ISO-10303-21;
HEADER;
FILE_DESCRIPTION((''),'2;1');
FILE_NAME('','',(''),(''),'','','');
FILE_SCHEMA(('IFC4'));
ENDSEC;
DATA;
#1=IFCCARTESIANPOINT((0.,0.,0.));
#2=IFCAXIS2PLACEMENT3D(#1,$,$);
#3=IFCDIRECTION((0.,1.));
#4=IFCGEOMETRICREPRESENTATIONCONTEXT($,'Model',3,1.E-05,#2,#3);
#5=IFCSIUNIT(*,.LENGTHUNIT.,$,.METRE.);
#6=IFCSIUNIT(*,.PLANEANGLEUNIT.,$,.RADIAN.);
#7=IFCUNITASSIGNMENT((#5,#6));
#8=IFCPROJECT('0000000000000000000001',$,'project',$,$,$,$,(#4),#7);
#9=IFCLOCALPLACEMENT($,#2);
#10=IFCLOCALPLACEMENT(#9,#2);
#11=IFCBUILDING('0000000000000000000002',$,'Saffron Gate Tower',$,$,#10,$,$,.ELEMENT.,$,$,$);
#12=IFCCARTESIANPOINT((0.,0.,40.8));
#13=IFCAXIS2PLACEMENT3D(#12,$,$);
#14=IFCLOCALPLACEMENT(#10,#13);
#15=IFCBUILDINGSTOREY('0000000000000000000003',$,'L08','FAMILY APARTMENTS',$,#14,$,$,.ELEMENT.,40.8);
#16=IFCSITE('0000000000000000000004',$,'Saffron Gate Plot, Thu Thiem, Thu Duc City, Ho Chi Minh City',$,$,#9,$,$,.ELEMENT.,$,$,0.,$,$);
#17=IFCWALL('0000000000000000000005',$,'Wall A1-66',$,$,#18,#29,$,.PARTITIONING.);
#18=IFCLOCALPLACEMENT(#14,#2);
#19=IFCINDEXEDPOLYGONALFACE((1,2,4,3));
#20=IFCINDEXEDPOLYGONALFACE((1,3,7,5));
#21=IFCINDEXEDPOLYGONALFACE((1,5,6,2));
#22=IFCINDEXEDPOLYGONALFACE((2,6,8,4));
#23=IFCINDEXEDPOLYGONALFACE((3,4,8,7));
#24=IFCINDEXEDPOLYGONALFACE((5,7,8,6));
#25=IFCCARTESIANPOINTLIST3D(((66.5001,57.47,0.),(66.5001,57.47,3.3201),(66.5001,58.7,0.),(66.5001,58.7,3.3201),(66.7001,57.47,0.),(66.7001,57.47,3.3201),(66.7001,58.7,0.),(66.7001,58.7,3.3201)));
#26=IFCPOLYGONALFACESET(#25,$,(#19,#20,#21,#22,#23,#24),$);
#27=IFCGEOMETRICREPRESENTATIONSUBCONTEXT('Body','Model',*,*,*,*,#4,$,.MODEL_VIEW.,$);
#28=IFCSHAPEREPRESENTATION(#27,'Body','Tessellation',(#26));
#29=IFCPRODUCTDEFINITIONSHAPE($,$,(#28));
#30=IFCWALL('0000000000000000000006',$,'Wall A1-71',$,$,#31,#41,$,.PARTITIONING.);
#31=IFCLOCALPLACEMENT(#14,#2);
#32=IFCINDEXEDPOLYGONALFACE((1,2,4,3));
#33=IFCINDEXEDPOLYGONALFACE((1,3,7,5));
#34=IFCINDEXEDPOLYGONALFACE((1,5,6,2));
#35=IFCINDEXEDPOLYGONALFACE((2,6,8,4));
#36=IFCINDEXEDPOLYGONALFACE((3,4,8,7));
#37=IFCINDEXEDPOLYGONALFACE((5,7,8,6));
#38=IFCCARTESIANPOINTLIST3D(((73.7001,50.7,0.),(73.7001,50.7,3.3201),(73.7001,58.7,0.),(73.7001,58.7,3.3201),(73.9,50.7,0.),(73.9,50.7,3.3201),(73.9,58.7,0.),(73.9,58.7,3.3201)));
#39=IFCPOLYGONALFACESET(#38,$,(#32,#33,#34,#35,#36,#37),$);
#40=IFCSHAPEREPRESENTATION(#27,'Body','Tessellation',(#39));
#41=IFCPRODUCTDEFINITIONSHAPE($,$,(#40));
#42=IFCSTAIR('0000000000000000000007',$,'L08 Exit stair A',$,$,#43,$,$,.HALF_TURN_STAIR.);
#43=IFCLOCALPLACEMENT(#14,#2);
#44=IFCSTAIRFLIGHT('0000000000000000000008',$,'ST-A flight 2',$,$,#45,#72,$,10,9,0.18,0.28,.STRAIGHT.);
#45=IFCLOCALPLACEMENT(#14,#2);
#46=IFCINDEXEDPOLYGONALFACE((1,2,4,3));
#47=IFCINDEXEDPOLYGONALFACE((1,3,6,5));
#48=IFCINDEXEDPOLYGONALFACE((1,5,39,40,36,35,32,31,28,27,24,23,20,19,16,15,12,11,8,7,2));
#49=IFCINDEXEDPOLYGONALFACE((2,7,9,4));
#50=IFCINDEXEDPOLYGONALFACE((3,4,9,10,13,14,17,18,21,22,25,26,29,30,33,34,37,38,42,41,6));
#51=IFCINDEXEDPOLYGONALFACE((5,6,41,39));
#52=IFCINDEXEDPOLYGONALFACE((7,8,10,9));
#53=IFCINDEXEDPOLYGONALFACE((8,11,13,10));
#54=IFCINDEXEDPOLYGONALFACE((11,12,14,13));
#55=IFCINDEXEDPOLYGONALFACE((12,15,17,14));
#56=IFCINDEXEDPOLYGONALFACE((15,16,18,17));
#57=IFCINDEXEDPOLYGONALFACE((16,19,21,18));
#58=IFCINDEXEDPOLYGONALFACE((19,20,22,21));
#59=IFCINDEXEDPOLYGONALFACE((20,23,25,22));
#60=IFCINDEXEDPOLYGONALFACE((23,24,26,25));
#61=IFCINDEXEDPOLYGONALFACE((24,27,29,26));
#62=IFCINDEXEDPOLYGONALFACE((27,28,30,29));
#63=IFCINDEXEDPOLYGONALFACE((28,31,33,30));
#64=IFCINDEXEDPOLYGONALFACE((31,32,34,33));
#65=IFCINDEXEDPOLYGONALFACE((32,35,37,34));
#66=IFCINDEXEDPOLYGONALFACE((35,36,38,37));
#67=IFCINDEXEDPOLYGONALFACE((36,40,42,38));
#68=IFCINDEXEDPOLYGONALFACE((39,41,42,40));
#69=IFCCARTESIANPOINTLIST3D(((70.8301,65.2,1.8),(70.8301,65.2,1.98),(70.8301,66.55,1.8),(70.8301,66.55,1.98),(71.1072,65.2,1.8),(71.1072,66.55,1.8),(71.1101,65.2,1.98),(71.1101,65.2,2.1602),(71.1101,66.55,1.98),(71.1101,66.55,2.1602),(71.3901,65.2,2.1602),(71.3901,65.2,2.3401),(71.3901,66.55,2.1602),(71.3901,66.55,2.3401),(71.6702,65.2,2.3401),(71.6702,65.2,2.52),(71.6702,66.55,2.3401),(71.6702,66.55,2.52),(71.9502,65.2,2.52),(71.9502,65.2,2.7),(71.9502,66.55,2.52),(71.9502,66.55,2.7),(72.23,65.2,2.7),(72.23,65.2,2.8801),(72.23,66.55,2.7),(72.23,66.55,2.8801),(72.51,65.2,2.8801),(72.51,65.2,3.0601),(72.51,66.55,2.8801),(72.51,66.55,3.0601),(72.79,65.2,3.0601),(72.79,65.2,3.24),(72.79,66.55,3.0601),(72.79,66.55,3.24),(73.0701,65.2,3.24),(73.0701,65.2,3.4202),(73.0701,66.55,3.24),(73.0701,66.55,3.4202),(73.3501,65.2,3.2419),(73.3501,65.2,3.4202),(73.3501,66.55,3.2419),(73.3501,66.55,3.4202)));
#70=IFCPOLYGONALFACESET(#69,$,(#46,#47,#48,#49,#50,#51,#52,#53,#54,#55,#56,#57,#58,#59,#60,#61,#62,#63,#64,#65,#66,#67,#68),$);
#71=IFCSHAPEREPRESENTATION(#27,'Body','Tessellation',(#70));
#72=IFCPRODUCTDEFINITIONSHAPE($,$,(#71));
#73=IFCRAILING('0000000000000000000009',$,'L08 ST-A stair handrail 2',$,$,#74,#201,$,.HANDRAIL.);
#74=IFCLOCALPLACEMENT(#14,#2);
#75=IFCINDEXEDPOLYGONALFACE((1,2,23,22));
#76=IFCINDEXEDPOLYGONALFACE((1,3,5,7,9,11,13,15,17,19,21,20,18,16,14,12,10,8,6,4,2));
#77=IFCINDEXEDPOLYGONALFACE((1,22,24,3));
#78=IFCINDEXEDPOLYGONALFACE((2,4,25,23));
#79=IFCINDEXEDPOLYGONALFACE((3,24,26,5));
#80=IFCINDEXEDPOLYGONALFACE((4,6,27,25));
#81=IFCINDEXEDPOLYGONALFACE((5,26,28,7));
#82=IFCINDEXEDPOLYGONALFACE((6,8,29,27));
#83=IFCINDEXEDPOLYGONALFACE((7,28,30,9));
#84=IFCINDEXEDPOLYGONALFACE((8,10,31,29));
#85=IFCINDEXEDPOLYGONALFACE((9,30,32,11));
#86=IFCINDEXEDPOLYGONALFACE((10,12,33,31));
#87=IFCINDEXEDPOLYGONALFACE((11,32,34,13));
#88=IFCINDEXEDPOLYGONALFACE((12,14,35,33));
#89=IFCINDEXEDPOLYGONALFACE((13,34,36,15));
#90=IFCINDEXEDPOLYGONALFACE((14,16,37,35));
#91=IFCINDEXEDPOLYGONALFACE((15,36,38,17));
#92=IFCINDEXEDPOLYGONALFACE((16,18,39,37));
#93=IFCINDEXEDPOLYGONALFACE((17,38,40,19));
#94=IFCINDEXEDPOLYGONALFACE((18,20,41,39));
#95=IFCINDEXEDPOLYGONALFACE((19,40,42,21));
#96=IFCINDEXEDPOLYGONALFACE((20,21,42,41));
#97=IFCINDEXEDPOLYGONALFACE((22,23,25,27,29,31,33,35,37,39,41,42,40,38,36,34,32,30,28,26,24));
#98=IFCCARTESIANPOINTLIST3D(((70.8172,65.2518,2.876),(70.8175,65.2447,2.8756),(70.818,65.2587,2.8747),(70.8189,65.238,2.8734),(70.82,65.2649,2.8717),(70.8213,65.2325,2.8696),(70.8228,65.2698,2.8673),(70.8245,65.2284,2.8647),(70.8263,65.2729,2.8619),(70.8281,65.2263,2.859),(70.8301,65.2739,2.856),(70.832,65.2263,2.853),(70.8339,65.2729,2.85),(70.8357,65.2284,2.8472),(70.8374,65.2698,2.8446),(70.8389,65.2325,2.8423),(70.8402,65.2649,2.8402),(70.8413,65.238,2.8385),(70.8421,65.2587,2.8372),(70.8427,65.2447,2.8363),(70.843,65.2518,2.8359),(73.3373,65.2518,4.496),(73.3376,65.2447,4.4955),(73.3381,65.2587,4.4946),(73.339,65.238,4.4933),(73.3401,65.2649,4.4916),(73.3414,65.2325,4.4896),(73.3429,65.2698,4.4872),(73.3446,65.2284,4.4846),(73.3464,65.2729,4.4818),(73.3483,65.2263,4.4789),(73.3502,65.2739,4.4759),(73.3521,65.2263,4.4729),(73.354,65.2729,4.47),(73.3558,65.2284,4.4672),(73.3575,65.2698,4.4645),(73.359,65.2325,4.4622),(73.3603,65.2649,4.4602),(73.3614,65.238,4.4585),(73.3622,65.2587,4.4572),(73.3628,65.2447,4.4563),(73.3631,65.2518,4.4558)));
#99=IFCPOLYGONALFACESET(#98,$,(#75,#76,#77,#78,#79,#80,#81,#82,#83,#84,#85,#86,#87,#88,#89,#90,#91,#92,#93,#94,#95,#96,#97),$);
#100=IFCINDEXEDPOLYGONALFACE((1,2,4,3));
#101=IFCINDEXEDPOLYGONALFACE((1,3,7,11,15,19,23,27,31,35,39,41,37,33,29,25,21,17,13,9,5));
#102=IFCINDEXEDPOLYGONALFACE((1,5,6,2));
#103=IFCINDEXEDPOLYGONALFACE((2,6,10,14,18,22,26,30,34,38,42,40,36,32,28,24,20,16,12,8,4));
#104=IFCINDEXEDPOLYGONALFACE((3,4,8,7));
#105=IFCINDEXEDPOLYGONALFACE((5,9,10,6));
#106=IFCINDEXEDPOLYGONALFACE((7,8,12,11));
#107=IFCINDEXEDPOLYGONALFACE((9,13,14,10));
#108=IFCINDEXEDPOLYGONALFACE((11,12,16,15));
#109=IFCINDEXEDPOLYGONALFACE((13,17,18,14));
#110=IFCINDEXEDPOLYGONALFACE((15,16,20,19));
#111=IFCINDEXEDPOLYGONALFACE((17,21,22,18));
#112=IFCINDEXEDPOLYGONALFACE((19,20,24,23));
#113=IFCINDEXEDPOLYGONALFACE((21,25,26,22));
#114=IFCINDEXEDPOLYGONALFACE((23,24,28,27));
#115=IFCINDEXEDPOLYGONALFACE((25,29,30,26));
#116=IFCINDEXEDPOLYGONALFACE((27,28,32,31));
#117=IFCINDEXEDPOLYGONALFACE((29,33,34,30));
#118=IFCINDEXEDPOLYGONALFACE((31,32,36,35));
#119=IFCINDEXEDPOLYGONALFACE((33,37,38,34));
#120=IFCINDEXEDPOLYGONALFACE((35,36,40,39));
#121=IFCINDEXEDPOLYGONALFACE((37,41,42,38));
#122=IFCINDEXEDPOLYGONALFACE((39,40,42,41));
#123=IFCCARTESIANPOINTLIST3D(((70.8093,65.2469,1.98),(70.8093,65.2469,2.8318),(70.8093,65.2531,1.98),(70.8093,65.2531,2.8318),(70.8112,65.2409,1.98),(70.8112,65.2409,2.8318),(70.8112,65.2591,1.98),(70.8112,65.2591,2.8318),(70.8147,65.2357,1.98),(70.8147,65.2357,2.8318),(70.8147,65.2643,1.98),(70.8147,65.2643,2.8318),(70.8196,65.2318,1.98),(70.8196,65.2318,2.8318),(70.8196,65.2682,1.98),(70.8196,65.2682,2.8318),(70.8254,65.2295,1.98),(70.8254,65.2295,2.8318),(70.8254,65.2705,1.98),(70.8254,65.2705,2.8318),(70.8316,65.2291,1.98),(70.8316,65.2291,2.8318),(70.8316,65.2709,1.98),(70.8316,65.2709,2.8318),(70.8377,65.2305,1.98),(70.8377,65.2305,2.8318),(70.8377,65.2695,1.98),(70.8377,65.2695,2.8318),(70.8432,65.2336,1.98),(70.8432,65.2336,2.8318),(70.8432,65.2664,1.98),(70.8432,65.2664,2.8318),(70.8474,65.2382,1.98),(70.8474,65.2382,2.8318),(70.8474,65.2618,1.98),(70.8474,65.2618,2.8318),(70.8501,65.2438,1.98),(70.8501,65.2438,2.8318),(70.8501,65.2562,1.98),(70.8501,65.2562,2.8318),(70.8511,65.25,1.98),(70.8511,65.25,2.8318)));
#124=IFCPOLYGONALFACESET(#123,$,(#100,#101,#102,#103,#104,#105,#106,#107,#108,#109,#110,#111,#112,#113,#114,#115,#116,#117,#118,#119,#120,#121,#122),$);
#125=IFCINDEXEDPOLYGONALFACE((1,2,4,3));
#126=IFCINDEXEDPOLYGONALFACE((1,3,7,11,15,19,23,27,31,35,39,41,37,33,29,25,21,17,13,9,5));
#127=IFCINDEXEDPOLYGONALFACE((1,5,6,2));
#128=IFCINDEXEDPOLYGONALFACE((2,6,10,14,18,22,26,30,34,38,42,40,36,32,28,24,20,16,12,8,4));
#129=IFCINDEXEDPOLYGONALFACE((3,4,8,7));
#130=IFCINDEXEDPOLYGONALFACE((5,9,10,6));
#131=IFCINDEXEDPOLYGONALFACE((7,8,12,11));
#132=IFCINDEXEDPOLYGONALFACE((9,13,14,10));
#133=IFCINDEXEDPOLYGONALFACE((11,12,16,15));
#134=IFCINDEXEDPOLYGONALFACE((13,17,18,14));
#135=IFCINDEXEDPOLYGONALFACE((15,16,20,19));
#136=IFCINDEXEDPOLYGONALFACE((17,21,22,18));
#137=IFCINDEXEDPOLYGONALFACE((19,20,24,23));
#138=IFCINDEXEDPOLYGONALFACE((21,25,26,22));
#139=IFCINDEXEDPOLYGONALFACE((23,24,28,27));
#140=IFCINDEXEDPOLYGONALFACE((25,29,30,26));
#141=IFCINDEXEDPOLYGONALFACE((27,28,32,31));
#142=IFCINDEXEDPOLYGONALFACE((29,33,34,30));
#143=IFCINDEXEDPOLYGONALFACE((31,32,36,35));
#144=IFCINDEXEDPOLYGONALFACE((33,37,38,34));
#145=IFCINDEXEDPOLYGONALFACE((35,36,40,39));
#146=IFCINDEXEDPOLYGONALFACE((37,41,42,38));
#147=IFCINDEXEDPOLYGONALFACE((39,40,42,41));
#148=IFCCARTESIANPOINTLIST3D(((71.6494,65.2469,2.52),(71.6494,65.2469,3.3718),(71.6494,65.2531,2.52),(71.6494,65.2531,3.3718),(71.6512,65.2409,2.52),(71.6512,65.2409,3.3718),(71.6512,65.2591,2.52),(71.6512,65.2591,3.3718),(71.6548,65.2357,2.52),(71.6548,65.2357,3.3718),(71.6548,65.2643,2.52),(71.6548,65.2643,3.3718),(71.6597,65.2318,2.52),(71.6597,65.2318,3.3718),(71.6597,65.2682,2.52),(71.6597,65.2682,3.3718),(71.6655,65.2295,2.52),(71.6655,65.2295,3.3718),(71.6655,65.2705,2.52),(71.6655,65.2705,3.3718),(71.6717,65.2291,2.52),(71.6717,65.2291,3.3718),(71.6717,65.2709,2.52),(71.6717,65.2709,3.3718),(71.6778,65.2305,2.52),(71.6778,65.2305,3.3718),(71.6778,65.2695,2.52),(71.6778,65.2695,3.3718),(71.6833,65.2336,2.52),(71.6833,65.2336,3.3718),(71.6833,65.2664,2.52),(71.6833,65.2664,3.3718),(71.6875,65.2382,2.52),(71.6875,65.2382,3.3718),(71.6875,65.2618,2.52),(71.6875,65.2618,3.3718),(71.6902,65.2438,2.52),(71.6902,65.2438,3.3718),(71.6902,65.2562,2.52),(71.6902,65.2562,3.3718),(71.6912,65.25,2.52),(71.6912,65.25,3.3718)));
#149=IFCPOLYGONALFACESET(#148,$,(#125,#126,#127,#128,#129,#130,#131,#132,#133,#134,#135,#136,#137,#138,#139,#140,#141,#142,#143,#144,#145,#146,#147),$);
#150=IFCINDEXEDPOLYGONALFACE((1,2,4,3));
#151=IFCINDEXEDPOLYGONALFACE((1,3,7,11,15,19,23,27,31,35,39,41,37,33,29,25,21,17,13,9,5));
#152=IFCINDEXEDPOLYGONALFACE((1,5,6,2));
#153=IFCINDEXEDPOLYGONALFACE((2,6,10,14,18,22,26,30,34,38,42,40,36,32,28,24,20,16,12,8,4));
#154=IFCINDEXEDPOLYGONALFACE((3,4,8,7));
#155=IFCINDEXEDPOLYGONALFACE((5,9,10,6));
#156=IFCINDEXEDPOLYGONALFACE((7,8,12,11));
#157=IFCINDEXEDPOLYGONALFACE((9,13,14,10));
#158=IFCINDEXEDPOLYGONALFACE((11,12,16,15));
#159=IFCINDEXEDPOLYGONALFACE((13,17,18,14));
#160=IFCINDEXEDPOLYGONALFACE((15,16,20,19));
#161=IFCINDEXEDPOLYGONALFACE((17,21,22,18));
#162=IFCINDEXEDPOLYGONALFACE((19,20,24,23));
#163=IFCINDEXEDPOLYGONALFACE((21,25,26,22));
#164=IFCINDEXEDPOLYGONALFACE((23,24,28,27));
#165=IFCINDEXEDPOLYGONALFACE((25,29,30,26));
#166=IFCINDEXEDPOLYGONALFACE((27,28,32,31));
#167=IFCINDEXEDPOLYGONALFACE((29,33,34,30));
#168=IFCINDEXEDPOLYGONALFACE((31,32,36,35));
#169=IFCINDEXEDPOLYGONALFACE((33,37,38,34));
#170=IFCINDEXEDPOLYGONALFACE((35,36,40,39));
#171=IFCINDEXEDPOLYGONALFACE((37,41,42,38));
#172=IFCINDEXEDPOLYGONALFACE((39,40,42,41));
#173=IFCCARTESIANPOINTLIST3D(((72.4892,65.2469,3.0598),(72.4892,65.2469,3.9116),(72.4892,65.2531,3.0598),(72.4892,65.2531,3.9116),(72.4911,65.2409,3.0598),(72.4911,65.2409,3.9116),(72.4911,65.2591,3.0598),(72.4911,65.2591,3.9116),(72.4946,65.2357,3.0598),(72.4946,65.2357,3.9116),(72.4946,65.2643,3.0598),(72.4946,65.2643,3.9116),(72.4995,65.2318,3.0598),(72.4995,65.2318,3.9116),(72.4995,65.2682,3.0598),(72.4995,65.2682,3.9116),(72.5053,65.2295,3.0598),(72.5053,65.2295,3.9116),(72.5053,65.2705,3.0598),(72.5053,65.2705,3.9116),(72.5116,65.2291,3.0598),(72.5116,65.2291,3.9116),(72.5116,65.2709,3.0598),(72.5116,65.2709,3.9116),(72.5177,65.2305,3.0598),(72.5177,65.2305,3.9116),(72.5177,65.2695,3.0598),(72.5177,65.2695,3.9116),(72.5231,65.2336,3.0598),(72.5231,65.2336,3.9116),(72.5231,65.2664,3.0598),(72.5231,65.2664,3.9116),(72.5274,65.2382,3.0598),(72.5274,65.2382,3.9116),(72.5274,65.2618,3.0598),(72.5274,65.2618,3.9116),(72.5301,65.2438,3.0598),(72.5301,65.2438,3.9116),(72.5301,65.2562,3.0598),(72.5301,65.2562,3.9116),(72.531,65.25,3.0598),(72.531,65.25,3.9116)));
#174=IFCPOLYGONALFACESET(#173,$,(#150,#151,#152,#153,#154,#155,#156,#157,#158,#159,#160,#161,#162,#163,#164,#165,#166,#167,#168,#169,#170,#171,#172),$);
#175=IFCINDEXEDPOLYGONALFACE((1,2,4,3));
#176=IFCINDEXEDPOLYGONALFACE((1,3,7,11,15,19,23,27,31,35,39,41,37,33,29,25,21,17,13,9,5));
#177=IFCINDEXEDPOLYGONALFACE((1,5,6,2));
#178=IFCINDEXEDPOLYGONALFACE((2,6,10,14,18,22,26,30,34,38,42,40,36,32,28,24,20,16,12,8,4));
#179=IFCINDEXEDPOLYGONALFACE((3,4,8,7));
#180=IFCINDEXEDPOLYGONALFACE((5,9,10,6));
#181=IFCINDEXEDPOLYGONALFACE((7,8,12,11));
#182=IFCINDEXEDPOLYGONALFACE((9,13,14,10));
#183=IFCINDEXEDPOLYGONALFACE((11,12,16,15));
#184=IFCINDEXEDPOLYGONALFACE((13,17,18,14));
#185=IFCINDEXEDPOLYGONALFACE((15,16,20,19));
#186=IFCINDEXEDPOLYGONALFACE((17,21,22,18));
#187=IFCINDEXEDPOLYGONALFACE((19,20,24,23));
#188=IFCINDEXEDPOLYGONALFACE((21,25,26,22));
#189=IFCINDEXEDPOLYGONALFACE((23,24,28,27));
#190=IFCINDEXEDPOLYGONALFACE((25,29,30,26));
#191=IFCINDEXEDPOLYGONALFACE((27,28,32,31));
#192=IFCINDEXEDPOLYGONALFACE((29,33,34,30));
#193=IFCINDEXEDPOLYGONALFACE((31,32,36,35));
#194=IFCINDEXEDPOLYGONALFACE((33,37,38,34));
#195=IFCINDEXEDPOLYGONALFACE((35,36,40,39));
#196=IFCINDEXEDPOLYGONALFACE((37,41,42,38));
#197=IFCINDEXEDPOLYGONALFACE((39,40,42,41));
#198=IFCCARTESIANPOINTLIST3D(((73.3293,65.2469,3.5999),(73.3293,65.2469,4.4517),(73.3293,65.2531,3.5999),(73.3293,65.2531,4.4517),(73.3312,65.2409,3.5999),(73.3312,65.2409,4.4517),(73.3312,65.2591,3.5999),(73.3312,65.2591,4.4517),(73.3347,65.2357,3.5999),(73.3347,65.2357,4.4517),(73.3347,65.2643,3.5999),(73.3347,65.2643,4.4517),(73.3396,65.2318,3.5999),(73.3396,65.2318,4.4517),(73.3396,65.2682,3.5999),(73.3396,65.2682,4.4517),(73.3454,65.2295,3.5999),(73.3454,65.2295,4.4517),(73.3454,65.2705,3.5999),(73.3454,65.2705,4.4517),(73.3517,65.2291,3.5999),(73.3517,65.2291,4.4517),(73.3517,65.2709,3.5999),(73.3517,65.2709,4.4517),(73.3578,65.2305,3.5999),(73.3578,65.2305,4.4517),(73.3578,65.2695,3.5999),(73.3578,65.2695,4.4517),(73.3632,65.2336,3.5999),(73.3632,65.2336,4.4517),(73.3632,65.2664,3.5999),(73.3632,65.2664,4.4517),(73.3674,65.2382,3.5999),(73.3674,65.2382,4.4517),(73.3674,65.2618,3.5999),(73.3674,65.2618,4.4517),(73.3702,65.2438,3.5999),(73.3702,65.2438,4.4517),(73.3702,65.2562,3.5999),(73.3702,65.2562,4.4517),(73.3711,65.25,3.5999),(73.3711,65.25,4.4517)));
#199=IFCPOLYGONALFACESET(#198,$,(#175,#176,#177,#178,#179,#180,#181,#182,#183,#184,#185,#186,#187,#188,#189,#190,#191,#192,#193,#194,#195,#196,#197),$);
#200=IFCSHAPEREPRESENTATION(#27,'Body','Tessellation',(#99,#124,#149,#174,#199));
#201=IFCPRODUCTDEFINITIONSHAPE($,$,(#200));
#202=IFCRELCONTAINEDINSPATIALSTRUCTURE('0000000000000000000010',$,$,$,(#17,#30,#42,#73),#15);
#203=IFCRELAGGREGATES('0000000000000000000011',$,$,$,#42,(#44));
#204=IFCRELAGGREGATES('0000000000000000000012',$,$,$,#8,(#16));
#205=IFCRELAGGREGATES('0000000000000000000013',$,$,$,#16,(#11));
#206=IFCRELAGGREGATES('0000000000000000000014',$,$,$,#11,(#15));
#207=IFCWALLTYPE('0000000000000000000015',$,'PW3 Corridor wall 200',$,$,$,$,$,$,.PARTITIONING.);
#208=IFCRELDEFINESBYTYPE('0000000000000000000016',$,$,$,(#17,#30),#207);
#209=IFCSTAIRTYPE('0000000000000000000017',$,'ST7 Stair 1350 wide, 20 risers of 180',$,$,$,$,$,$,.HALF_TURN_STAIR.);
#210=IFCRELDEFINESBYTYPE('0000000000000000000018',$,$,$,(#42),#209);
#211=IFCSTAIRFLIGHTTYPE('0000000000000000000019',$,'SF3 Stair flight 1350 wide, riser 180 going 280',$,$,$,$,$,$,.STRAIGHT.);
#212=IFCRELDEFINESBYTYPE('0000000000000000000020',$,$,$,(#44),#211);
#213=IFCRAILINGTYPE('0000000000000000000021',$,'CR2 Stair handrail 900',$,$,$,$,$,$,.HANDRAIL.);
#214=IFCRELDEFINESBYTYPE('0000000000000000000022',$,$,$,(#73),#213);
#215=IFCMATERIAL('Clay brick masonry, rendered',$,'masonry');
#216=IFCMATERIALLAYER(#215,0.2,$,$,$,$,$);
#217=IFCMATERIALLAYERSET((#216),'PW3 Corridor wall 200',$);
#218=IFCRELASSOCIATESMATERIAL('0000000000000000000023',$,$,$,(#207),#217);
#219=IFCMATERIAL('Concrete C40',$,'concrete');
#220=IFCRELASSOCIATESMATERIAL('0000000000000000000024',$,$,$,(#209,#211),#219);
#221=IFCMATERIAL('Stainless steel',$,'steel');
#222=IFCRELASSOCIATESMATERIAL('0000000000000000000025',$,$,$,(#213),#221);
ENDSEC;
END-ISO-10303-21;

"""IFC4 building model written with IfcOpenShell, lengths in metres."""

from ifc_helpers import new_model, si_unit, direction, frame, frame_2d, origin, origin_2d, place, context, subcontext, project, spatial, polyline, rectangle, circle, outline, extrude, material, layer, layer_set, type_object, element, aggregate, save


model = new_model("IFC4")

# Units and contexts
model_context = context("Model", 3, precision=1e-05, world=origin(), true_north=direction((0.0, 1.0)))
body_context = subcontext(model_context, "Body", "Model", "MODEL_VIEW")
ifc_project = project(units=[si_unit("LENGTHUNIT", "METRE"), si_unit("PLANEANGLEUNIT", "RADIAN")], contexts=[model_context])

# Site, building, storey
site_placement = place(None, origin())
site = spatial("IfcSite", under=ifc_project, at=site_placement, Name="Saffron Gate Plot, Thu Thiem, Thu Duc City, Ho Chi Minh City", CompositionType="ELEMENT", RefElevation=0.0)
building_placement = place(site_placement, origin())
building = spatial("IfcBuilding", under=site, at=building_placement, Name="Saffron Gate Tower", CompositionType="ELEMENT")
storey_placement = place(building_placement, frame((0.0, 0.0, 40.8)))
storey = spatial("IfcBuildingStorey", under=building, at=storey_placement, Name="L08", Description="FAMILY APARTMENTS", CompositionType="ELEMENT", Elevation=40.8)

# Shared definitions
ifc_material_1 = material(Name="Clay brick masonry, rendered", Category="masonry")

# Shared definitions
ifc_layer_1 = layer(ifc_material_1, 0.2)
ifc_layer_set_1 = layer_set([ifc_layer_1], Name="PW3 Corridor wall 200")
wall_type_1 = type_object("IfcWallType", Name="PW3 Corridor wall 200", PredefinedType="PARTITIONING", material=ifc_layer_set_1)

# Walls
wall_1_placement = place(storey_placement, frame((66.6001, 58.7, 0.0), z_axis=(0.0, 0.0, 1.0), x_axis=(0.0, -1.0, 0.0)))
element("IfcWall", 1, at=wall_1_placement, inside=storey, type_object=wall_type_1, Name="Wall A1-66", PredefinedType="PARTITIONING", context=body_context, shape_type="SweptSolid", body=[
    extrude(rectangle(XDim=1.23, YDim=0.2, at=frame_2d((0.615, 0.0))), origin(), (0.0, 0.0, 1.0), 3.3201),
])
wall_2_placement = place(storey_placement, frame((73.8, 58.7, 0.0), z_axis=(0.0, 0.0, 1.0), x_axis=(0.0, -1.0, 0.0)))
element("IfcWall", 2, at=wall_2_placement, inside=storey, type_object=wall_type_1, Name="Wall A1-71", PredefinedType="PARTITIONING", context=body_context, shape_type="SweptSolid", body=[
    extrude(rectangle(XDim=8.0, YDim=0.2, at=frame_2d((4.0, 0.0))), origin(), (0.0, 0.0, 1.0), 3.3201),
])

# Stair, stair flight
ifc_material_2 = material(Name="Concrete C40", Category="concrete")
stair_type = type_object("IfcStairType", Name="ST7 Stair 1350 wide, 20 risers of 180", PredefinedType="HALF_TURN_STAIR", material=ifc_material_2)
stair_placement = place(storey_placement, origin())
stair = element("IfcStair", 3, at=stair_placement, inside=storey, type_object=stair_type, Name="L08 Exit stair A", PredefinedType="HALF_TURN_STAIR")
stair_flight_type = type_object("IfcStairFlightType", Name="SF3 Stair flight 1350 wide, riser 180 going 280", PredefinedType="STRAIGHT", material=ifc_material_2)
stair_flight_placement = place(storey_placement, frame((70.8301, 65.875, 1.8), z_axis=(0.0, 0.0, 1.0), x_axis=(1.0, 0.0, 0.0)))
stair_flight = element("IfcStairFlight", 4, at=stair_flight_placement, type_object=stair_flight_type, Name="ST-A flight 2", NumberOfRisers=10, NumberOfTreads=9, PredefinedType="STRAIGHT", RiserHeight=0.18, TreadLength=0.28, context=body_context, shape_type="SweptSolid", body=[
    extrude(outline(polyline([(0.0, 0.0), (0.0, 0.1799), (0.28, 0.1799), (0.28, 0.3601), (0.5601, 0.3601), (0.5601, 0.54), (0.8401, 0.54), (0.8401, 0.72), (1.1201, 0.72), (1.1201, 0.8999), (1.3999, 0.8999), (1.3999, 1.0801), (1.6799, 1.0801), (1.6799, 1.26), (1.96, 1.26), (1.96, 1.4399), (2.24, 1.4399), (2.24, 1.6201), (2.52, 1.6201), (2.52, 1.8), (2.52, 1.4419), (0.2771, 0.0), (0.0, 0.0)])), frame((0.0, 0.675, 0.0), z_axis=(0.0, -1.0, 0.0), x_axis=(1.0, 0.0, 0.0)), (0.0, 0.0, 1.0), 1.3501),
])
aggregate(stair, [stair_flight])

# Railing
ifc_material_3 = material(Name="Stainless steel", Category="steel")
railing_type = type_object("IfcRailingType", Name="CR2 Stair handrail 900", PredefinedType="HANDRAIL", material=ifc_material_3)
railing_placement = place(storey_placement, frame((70.8301, 65.25, 1.98)))
element("IfcRailing", 5, at=railing_placement, inside=storey, type_object=railing_type, Name="L08 ST-A stair handrail 2", PredefinedType="HANDRAIL", context=body_context, shape_type="SweptSolid", body=[
    extrude(circle(Radius=0.0239, at=origin_2d()), frame((0.0, 0.0, 0.876), z_axis=(0.8412, 0.0, 0.540725), x_axis=(0.0, 1.0, 0.0)), (0.0, 0.0, 1.0), 2.9958),
    extrude(circle(Radius=0.021, at=origin_2d()), origin(), (0.0, 0.0, 1.0), 0.8518),
    extrude(circle(Radius=0.021, at=origin_2d()), frame((0.8401, 0.0, 0.54)), (0.0, 0.0, 1.0), 0.8518),
    extrude(circle(Radius=0.021, at=origin_2d()), frame((1.6799, 0.0, 1.0798)), (0.0, 0.0, 1.0), 0.8518),
    extrude(circle(Radius=0.021, at=origin_2d()), frame((2.52, 0.0, 1.6199)), (0.0, 0.0, 1.0), 0.8518),
])

save(model, "model.ifc")
